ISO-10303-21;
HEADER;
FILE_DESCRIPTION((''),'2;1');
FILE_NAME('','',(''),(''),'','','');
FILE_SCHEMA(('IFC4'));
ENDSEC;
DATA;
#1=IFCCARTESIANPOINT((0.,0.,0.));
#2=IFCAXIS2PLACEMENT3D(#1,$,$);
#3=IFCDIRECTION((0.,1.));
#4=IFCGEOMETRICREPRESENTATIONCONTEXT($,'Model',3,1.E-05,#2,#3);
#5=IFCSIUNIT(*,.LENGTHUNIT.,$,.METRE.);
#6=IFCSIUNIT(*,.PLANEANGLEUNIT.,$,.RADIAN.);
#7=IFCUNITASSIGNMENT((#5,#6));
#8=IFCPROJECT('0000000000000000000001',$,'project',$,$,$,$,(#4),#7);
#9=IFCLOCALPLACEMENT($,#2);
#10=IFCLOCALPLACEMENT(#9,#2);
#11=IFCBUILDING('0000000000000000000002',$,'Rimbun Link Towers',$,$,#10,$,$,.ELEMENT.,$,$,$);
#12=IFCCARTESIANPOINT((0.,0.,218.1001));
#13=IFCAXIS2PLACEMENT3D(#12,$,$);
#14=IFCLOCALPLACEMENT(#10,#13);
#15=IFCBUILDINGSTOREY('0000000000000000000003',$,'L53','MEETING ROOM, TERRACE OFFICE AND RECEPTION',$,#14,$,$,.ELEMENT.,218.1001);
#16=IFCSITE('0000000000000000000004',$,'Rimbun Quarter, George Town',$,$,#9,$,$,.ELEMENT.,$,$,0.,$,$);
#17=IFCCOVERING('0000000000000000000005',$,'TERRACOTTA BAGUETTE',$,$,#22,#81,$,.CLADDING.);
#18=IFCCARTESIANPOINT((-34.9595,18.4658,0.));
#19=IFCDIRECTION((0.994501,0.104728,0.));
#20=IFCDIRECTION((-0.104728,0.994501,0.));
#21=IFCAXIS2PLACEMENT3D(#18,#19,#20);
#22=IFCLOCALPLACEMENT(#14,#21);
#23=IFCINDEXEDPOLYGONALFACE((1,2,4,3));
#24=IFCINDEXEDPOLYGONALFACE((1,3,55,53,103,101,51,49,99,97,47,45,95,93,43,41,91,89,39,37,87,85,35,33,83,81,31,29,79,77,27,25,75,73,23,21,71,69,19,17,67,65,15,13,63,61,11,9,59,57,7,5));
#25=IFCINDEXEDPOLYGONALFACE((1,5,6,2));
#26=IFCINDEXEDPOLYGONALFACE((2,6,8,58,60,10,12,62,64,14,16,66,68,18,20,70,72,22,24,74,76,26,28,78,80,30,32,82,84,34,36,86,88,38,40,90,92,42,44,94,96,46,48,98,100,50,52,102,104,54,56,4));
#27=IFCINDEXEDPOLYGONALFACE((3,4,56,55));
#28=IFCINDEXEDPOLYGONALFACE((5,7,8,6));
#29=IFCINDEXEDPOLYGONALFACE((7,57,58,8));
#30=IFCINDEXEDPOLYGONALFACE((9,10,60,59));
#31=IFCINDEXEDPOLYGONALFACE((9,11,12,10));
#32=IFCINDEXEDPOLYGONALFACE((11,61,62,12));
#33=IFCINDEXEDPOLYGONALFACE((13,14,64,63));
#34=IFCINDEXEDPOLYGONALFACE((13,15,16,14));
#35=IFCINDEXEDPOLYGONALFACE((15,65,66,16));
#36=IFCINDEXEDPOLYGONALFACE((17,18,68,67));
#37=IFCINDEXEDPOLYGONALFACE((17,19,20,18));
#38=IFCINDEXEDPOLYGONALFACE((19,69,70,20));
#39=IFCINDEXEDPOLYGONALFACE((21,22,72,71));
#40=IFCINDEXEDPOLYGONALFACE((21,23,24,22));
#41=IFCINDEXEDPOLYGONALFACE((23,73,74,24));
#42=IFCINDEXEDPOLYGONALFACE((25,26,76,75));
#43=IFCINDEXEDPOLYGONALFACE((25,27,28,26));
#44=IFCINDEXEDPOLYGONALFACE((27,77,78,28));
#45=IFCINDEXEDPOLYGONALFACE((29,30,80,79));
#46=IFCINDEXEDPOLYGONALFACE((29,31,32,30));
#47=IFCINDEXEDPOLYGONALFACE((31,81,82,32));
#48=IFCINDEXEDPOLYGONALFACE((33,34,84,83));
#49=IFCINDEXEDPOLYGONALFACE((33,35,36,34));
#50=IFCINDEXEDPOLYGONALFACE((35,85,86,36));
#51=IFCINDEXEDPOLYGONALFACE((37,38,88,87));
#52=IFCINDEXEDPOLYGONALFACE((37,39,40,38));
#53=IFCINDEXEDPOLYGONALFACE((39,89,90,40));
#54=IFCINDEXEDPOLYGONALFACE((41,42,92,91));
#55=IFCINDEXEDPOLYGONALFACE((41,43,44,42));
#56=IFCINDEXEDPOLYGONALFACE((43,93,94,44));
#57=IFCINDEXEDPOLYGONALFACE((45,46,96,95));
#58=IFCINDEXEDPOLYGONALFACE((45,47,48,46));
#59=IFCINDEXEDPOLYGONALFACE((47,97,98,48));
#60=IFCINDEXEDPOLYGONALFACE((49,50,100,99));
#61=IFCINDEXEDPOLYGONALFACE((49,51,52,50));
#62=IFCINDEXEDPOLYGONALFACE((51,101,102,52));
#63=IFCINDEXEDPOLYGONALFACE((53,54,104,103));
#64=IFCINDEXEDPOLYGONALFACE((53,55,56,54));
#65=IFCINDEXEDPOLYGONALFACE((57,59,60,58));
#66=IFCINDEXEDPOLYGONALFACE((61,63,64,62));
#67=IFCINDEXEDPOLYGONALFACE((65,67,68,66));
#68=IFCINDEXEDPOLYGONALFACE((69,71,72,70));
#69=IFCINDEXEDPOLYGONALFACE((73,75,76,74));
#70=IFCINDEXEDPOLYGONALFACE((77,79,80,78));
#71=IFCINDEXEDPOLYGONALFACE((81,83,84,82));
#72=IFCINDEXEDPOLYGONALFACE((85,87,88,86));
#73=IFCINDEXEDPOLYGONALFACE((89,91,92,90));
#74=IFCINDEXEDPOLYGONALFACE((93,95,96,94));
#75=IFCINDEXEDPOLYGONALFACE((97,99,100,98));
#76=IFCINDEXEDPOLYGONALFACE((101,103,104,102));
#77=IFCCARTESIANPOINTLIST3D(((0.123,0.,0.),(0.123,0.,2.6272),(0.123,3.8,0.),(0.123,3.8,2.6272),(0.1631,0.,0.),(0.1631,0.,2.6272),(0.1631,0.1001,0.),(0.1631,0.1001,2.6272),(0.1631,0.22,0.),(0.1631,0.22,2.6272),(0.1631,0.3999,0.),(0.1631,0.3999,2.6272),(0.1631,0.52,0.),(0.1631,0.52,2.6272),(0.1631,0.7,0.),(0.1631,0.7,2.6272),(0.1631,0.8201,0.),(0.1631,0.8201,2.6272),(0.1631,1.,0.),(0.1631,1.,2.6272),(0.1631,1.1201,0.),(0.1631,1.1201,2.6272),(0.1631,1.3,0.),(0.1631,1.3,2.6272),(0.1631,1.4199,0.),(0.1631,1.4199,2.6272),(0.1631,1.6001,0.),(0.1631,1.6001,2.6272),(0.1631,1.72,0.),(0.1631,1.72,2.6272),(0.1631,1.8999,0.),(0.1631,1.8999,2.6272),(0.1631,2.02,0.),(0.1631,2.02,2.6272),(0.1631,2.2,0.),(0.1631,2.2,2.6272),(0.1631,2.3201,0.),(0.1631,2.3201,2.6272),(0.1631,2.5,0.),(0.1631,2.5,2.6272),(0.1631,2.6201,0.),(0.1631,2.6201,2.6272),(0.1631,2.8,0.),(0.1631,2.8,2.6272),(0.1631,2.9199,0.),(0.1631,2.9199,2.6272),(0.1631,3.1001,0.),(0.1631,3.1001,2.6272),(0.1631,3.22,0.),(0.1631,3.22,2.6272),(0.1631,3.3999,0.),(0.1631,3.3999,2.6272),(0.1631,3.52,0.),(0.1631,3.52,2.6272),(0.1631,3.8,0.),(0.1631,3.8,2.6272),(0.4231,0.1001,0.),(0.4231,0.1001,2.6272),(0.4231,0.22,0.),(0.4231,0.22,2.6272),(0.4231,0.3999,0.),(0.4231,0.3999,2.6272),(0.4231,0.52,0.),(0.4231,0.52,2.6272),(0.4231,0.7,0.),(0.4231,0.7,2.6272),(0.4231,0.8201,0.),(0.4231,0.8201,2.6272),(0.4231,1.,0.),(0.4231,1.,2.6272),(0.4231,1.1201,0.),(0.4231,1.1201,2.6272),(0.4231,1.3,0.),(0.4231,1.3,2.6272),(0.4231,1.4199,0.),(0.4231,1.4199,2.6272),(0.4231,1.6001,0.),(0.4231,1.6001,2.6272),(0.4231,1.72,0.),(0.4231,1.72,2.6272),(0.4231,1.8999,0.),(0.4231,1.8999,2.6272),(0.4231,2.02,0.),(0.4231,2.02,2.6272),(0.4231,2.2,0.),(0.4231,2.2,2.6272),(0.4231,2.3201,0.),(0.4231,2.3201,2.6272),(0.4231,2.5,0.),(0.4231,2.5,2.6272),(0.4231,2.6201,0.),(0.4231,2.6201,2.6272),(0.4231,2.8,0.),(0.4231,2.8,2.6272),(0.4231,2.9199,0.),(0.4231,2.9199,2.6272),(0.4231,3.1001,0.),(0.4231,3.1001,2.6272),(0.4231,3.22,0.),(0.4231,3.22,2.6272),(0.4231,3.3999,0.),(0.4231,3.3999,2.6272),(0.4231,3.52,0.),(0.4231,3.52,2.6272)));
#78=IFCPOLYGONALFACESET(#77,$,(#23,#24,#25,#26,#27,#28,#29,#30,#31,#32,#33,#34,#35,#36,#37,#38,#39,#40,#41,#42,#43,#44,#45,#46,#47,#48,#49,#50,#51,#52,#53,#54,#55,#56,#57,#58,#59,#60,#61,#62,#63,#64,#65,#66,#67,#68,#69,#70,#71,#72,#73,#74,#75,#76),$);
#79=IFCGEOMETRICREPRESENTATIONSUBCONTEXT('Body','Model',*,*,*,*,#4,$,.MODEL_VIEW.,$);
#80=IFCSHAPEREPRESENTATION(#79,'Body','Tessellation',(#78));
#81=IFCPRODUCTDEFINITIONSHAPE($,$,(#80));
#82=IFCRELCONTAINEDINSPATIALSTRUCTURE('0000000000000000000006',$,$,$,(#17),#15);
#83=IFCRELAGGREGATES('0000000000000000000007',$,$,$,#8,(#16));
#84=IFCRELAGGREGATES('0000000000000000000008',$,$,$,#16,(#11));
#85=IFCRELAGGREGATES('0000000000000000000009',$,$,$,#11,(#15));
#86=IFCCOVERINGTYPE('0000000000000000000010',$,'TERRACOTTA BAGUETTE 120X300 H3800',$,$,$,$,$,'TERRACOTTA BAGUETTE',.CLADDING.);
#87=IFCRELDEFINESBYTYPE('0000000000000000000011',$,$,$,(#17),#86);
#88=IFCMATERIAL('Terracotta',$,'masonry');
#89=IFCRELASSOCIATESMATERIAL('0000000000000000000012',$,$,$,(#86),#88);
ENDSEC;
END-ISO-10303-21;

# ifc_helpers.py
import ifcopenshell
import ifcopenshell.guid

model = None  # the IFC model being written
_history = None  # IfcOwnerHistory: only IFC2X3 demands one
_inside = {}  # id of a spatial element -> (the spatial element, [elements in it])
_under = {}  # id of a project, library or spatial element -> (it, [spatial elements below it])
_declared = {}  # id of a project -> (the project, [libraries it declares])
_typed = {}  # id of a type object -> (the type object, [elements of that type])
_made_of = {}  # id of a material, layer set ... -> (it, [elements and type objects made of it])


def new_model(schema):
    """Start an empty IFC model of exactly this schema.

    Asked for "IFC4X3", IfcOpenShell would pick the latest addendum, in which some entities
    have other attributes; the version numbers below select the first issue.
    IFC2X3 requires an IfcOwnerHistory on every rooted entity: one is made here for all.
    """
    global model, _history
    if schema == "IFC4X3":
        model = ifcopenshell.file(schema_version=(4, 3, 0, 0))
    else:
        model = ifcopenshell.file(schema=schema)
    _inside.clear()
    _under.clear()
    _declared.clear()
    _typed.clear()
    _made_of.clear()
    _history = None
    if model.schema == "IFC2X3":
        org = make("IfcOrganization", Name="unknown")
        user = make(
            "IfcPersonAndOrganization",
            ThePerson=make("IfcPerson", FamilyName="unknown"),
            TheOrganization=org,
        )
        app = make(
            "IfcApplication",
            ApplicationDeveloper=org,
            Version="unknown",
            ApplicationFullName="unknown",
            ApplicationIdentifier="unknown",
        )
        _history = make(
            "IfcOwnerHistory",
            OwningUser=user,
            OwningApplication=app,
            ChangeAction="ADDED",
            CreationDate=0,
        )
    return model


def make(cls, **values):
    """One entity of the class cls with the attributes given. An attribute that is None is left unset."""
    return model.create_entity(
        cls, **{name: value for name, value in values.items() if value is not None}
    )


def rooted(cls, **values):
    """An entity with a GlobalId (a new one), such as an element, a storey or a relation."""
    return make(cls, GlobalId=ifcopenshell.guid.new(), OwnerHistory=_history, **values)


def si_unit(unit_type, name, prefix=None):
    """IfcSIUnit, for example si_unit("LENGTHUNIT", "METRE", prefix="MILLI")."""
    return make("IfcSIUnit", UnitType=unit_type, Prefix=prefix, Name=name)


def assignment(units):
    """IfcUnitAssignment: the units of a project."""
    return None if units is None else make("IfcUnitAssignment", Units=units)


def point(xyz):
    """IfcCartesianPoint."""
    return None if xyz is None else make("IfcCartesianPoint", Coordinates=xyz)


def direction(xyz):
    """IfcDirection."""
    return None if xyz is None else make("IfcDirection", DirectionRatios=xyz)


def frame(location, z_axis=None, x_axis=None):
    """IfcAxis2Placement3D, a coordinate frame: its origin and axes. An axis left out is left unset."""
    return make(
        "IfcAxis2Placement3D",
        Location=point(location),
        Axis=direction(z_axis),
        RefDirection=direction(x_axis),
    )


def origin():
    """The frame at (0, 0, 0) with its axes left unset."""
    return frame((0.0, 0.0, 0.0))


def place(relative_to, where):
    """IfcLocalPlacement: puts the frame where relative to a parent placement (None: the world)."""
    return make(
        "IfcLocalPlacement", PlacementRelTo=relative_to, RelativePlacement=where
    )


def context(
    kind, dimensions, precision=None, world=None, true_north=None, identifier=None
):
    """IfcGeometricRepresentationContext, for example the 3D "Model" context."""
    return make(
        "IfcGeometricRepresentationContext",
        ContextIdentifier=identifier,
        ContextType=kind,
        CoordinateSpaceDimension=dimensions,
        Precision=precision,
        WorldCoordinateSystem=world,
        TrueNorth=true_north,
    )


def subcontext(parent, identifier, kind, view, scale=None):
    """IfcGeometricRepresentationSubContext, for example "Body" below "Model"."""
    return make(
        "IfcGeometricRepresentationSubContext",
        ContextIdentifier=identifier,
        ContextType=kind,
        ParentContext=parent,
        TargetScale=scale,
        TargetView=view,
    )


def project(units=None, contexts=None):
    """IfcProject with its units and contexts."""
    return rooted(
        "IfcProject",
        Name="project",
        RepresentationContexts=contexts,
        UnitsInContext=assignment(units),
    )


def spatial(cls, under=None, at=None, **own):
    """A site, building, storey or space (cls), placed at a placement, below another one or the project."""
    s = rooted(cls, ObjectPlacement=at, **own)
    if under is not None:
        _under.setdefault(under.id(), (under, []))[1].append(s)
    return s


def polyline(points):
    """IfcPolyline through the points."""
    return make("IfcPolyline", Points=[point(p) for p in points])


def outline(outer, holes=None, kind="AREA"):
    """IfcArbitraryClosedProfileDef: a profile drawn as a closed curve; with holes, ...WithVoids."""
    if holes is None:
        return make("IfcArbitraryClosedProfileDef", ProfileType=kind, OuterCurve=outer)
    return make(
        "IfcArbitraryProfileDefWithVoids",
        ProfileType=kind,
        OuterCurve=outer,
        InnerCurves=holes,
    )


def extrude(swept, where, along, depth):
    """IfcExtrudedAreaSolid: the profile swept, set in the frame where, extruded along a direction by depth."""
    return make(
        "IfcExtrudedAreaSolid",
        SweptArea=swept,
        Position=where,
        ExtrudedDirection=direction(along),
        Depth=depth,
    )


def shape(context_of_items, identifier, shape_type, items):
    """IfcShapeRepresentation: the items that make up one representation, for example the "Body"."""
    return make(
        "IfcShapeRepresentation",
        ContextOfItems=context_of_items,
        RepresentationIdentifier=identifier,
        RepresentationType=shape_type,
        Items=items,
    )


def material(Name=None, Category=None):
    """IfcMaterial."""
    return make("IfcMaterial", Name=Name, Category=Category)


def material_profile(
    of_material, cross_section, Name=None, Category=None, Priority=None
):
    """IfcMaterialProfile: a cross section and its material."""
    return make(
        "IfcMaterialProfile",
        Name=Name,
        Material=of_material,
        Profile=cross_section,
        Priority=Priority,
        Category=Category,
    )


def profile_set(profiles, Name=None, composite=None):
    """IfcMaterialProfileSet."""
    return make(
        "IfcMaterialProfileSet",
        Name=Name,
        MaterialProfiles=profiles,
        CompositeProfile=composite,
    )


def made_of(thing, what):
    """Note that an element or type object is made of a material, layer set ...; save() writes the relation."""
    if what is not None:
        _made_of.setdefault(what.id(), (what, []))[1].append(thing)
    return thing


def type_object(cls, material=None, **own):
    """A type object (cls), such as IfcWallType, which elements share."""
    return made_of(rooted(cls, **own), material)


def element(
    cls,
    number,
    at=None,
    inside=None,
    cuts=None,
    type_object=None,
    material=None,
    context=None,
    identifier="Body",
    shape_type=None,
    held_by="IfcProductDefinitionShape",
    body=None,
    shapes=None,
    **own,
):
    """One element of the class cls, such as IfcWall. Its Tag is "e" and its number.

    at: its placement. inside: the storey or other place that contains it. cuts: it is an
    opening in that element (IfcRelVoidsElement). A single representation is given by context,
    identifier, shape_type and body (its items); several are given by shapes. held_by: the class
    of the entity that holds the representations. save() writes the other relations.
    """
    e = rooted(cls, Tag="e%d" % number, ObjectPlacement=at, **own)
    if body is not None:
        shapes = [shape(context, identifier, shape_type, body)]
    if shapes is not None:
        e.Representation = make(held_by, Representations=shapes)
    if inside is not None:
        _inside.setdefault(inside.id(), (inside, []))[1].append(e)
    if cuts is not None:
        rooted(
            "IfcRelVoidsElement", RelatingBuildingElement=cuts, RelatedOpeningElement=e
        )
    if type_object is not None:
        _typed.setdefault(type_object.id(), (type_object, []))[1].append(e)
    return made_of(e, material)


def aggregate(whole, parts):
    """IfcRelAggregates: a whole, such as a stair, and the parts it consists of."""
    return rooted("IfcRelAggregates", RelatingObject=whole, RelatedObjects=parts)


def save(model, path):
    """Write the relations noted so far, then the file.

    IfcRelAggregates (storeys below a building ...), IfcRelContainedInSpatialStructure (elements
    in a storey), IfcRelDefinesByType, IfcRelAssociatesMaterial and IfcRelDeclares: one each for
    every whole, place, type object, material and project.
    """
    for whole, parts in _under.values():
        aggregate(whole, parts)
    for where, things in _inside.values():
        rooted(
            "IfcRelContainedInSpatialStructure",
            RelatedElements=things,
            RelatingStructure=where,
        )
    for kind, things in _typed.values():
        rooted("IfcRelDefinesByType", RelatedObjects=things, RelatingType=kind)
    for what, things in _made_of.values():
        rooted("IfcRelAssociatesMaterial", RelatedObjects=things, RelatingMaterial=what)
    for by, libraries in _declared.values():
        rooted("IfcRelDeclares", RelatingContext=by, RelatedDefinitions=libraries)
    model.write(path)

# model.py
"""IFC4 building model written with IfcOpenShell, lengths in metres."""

from ifc_helpers import new_model, si_unit, direction, frame, origin, place, context, subcontext, project, spatial, polyline, outline, extrude, material, material_profile, profile_set, type_object, element, save


model = new_model("IFC4")

# Units and contexts
model_context = context("Model", 3, precision=1e-05, world=origin(), true_north=direction((0.0, 1.0)))
body_context = subcontext(model_context, "Body", "Model", "MODEL_VIEW")
ifc_project = project(units=[si_unit("LENGTHUNIT", "METRE"), si_unit("PLANEANGLEUNIT", "RADIAN")], contexts=[model_context])

# Site, building, storey
site_placement = place(None, origin())
site = spatial("IfcSite", under=ifc_project, at=site_placement, Name="Rimbun Quarter, George Town", CompositionType="ELEMENT", RefElevation=0.0)
building_placement = place(site_placement, origin())
building = spatial("IfcBuilding", under=site, at=building_placement, Name="Rimbun Link Towers", CompositionType="ELEMENT")
storey_placement = place(building_placement, frame((0.0, 0.0, 218.1001)))
storey = spatial("IfcBuildingStorey", under=building, at=storey_placement, Name="L53", Description="MEETING ROOM, TERRACE OFFICE AND RECEPTION", CompositionType="ELEMENT", Elevation=218.1001)

# Covering
ifc_material_1 = material(Name="Terracotta", Category="masonry")
ifc_material_profile_1 = material_profile(ifc_material_1, outline(polyline([(0.123, 0.0), (0.1631, 0.0), (0.1631, 0.1001), (0.4231, 0.1001), (0.4231, 0.22), (0.1631, 0.22), (0.1631, 0.3999), (0.4231, 0.3999), (0.4231, 0.52), (0.1631, 0.52), (0.1631, 0.7), (0.4231, 0.7), (0.4231, 0.8201), (0.1631, 0.8201), (0.1631, 1.0), (0.4231, 1.0), (0.4231, 1.1201), (0.1631, 1.1201), (0.1631, 1.3), (0.4231, 1.3), (0.4231, 1.4199), (0.1631, 1.4199), (0.1631, 1.6001), (0.4231, 1.6001), (0.4231, 1.72), (0.1631, 1.72), (0.1631, 1.8999), (0.4231, 1.8999), (0.4231, 2.02), (0.1631, 2.02), (0.1631, 2.2), (0.4231, 2.2), (0.4231, 2.3201), (0.1631, 2.3201), (0.1631, 2.5), (0.4231, 2.5), (0.4231, 2.6201), (0.1631, 2.6201), (0.1631, 2.8), (0.4231, 2.8), (0.4231, 2.9199), (0.1631, 2.9199), (0.1631, 3.1001), (0.4231, 3.1001), (0.4231, 3.22), (0.1631, 3.22), (0.1631, 3.3999), (0.4231, 3.3999), (0.4231, 3.52), (0.1631, 3.52), (0.1631, 3.8), (0.123, 3.8), (0.123, 0.0)])), Name="BAGUETTE 120X300")
ifc_profile_set_1 = profile_set([ifc_material_profile_1], Name="Terracotta")
covering_type = type_object("IfcCoveringType", Name="TERRACOTTA BAGUETTE 120X300 H3800", ElementType="TERRACOTTA BAGUETTE", PredefinedType="CLADDING", material=ifc_profile_set_1)
covering_1_placement = place(storey_placement, frame((-34.9595, 18.4658, 0.0), z_axis=(0.994501, 0.104728, 0.0), x_axis=(-0.104728, 0.994501, 0.0)))
element("IfcCovering", 1, at=covering_1_placement, inside=storey, type_object=covering_type, Name="TERRACOTTA BAGUETTE", PredefinedType="CLADDING", context=body_context, shape_type="SweptSolid", body=[
    extrude(outline(polyline([(0.123, 0.0), (0.1631, 0.0), (0.1631, 0.1001), (0.4231, 0.1001), (0.4231, 0.22), (0.1631, 0.22), (0.1631, 0.3999), (0.4231, 0.3999), (0.4231, 0.52), (0.1631, 0.52), (0.1631, 0.7), (0.4231, 0.7), (0.4231, 0.8201), (0.1631, 0.8201), (0.1631, 1.0), (0.4231, 1.0), (0.4231, 1.1201), (0.1631, 1.1201), (0.1631, 1.3), (0.4231, 1.3), (0.4231, 1.4199), (0.1631, 1.4199), (0.1631, 1.6001), (0.4231, 1.6001), (0.4231, 1.72), (0.1631, 1.72), (0.1631, 1.8999), (0.4231, 1.8999), (0.4231, 2.02), (0.1631, 2.02), (0.1631, 2.2), (0.4231, 2.2), (0.4231, 2.3201), (0.1631, 2.3201), (0.1631, 2.5), (0.4231, 2.5), (0.4231, 2.6201), (0.1631, 2.6201), (0.1631, 2.8), (0.4231, 2.8), (0.4231, 2.9199), (0.1631, 2.9199), (0.1631, 3.1001), (0.4231, 3.1001), (0.4231, 3.22), (0.1631, 3.22), (0.1631, 3.3999), (0.4231, 3.3999), (0.4231, 3.52), (0.1631, 3.52), (0.1631, 3.8), (0.123, 3.8), (0.123, 0.0)])), origin(), (0.0, 0.0, 1.0), 2.6272),
])

save(model, "model.ifc")
